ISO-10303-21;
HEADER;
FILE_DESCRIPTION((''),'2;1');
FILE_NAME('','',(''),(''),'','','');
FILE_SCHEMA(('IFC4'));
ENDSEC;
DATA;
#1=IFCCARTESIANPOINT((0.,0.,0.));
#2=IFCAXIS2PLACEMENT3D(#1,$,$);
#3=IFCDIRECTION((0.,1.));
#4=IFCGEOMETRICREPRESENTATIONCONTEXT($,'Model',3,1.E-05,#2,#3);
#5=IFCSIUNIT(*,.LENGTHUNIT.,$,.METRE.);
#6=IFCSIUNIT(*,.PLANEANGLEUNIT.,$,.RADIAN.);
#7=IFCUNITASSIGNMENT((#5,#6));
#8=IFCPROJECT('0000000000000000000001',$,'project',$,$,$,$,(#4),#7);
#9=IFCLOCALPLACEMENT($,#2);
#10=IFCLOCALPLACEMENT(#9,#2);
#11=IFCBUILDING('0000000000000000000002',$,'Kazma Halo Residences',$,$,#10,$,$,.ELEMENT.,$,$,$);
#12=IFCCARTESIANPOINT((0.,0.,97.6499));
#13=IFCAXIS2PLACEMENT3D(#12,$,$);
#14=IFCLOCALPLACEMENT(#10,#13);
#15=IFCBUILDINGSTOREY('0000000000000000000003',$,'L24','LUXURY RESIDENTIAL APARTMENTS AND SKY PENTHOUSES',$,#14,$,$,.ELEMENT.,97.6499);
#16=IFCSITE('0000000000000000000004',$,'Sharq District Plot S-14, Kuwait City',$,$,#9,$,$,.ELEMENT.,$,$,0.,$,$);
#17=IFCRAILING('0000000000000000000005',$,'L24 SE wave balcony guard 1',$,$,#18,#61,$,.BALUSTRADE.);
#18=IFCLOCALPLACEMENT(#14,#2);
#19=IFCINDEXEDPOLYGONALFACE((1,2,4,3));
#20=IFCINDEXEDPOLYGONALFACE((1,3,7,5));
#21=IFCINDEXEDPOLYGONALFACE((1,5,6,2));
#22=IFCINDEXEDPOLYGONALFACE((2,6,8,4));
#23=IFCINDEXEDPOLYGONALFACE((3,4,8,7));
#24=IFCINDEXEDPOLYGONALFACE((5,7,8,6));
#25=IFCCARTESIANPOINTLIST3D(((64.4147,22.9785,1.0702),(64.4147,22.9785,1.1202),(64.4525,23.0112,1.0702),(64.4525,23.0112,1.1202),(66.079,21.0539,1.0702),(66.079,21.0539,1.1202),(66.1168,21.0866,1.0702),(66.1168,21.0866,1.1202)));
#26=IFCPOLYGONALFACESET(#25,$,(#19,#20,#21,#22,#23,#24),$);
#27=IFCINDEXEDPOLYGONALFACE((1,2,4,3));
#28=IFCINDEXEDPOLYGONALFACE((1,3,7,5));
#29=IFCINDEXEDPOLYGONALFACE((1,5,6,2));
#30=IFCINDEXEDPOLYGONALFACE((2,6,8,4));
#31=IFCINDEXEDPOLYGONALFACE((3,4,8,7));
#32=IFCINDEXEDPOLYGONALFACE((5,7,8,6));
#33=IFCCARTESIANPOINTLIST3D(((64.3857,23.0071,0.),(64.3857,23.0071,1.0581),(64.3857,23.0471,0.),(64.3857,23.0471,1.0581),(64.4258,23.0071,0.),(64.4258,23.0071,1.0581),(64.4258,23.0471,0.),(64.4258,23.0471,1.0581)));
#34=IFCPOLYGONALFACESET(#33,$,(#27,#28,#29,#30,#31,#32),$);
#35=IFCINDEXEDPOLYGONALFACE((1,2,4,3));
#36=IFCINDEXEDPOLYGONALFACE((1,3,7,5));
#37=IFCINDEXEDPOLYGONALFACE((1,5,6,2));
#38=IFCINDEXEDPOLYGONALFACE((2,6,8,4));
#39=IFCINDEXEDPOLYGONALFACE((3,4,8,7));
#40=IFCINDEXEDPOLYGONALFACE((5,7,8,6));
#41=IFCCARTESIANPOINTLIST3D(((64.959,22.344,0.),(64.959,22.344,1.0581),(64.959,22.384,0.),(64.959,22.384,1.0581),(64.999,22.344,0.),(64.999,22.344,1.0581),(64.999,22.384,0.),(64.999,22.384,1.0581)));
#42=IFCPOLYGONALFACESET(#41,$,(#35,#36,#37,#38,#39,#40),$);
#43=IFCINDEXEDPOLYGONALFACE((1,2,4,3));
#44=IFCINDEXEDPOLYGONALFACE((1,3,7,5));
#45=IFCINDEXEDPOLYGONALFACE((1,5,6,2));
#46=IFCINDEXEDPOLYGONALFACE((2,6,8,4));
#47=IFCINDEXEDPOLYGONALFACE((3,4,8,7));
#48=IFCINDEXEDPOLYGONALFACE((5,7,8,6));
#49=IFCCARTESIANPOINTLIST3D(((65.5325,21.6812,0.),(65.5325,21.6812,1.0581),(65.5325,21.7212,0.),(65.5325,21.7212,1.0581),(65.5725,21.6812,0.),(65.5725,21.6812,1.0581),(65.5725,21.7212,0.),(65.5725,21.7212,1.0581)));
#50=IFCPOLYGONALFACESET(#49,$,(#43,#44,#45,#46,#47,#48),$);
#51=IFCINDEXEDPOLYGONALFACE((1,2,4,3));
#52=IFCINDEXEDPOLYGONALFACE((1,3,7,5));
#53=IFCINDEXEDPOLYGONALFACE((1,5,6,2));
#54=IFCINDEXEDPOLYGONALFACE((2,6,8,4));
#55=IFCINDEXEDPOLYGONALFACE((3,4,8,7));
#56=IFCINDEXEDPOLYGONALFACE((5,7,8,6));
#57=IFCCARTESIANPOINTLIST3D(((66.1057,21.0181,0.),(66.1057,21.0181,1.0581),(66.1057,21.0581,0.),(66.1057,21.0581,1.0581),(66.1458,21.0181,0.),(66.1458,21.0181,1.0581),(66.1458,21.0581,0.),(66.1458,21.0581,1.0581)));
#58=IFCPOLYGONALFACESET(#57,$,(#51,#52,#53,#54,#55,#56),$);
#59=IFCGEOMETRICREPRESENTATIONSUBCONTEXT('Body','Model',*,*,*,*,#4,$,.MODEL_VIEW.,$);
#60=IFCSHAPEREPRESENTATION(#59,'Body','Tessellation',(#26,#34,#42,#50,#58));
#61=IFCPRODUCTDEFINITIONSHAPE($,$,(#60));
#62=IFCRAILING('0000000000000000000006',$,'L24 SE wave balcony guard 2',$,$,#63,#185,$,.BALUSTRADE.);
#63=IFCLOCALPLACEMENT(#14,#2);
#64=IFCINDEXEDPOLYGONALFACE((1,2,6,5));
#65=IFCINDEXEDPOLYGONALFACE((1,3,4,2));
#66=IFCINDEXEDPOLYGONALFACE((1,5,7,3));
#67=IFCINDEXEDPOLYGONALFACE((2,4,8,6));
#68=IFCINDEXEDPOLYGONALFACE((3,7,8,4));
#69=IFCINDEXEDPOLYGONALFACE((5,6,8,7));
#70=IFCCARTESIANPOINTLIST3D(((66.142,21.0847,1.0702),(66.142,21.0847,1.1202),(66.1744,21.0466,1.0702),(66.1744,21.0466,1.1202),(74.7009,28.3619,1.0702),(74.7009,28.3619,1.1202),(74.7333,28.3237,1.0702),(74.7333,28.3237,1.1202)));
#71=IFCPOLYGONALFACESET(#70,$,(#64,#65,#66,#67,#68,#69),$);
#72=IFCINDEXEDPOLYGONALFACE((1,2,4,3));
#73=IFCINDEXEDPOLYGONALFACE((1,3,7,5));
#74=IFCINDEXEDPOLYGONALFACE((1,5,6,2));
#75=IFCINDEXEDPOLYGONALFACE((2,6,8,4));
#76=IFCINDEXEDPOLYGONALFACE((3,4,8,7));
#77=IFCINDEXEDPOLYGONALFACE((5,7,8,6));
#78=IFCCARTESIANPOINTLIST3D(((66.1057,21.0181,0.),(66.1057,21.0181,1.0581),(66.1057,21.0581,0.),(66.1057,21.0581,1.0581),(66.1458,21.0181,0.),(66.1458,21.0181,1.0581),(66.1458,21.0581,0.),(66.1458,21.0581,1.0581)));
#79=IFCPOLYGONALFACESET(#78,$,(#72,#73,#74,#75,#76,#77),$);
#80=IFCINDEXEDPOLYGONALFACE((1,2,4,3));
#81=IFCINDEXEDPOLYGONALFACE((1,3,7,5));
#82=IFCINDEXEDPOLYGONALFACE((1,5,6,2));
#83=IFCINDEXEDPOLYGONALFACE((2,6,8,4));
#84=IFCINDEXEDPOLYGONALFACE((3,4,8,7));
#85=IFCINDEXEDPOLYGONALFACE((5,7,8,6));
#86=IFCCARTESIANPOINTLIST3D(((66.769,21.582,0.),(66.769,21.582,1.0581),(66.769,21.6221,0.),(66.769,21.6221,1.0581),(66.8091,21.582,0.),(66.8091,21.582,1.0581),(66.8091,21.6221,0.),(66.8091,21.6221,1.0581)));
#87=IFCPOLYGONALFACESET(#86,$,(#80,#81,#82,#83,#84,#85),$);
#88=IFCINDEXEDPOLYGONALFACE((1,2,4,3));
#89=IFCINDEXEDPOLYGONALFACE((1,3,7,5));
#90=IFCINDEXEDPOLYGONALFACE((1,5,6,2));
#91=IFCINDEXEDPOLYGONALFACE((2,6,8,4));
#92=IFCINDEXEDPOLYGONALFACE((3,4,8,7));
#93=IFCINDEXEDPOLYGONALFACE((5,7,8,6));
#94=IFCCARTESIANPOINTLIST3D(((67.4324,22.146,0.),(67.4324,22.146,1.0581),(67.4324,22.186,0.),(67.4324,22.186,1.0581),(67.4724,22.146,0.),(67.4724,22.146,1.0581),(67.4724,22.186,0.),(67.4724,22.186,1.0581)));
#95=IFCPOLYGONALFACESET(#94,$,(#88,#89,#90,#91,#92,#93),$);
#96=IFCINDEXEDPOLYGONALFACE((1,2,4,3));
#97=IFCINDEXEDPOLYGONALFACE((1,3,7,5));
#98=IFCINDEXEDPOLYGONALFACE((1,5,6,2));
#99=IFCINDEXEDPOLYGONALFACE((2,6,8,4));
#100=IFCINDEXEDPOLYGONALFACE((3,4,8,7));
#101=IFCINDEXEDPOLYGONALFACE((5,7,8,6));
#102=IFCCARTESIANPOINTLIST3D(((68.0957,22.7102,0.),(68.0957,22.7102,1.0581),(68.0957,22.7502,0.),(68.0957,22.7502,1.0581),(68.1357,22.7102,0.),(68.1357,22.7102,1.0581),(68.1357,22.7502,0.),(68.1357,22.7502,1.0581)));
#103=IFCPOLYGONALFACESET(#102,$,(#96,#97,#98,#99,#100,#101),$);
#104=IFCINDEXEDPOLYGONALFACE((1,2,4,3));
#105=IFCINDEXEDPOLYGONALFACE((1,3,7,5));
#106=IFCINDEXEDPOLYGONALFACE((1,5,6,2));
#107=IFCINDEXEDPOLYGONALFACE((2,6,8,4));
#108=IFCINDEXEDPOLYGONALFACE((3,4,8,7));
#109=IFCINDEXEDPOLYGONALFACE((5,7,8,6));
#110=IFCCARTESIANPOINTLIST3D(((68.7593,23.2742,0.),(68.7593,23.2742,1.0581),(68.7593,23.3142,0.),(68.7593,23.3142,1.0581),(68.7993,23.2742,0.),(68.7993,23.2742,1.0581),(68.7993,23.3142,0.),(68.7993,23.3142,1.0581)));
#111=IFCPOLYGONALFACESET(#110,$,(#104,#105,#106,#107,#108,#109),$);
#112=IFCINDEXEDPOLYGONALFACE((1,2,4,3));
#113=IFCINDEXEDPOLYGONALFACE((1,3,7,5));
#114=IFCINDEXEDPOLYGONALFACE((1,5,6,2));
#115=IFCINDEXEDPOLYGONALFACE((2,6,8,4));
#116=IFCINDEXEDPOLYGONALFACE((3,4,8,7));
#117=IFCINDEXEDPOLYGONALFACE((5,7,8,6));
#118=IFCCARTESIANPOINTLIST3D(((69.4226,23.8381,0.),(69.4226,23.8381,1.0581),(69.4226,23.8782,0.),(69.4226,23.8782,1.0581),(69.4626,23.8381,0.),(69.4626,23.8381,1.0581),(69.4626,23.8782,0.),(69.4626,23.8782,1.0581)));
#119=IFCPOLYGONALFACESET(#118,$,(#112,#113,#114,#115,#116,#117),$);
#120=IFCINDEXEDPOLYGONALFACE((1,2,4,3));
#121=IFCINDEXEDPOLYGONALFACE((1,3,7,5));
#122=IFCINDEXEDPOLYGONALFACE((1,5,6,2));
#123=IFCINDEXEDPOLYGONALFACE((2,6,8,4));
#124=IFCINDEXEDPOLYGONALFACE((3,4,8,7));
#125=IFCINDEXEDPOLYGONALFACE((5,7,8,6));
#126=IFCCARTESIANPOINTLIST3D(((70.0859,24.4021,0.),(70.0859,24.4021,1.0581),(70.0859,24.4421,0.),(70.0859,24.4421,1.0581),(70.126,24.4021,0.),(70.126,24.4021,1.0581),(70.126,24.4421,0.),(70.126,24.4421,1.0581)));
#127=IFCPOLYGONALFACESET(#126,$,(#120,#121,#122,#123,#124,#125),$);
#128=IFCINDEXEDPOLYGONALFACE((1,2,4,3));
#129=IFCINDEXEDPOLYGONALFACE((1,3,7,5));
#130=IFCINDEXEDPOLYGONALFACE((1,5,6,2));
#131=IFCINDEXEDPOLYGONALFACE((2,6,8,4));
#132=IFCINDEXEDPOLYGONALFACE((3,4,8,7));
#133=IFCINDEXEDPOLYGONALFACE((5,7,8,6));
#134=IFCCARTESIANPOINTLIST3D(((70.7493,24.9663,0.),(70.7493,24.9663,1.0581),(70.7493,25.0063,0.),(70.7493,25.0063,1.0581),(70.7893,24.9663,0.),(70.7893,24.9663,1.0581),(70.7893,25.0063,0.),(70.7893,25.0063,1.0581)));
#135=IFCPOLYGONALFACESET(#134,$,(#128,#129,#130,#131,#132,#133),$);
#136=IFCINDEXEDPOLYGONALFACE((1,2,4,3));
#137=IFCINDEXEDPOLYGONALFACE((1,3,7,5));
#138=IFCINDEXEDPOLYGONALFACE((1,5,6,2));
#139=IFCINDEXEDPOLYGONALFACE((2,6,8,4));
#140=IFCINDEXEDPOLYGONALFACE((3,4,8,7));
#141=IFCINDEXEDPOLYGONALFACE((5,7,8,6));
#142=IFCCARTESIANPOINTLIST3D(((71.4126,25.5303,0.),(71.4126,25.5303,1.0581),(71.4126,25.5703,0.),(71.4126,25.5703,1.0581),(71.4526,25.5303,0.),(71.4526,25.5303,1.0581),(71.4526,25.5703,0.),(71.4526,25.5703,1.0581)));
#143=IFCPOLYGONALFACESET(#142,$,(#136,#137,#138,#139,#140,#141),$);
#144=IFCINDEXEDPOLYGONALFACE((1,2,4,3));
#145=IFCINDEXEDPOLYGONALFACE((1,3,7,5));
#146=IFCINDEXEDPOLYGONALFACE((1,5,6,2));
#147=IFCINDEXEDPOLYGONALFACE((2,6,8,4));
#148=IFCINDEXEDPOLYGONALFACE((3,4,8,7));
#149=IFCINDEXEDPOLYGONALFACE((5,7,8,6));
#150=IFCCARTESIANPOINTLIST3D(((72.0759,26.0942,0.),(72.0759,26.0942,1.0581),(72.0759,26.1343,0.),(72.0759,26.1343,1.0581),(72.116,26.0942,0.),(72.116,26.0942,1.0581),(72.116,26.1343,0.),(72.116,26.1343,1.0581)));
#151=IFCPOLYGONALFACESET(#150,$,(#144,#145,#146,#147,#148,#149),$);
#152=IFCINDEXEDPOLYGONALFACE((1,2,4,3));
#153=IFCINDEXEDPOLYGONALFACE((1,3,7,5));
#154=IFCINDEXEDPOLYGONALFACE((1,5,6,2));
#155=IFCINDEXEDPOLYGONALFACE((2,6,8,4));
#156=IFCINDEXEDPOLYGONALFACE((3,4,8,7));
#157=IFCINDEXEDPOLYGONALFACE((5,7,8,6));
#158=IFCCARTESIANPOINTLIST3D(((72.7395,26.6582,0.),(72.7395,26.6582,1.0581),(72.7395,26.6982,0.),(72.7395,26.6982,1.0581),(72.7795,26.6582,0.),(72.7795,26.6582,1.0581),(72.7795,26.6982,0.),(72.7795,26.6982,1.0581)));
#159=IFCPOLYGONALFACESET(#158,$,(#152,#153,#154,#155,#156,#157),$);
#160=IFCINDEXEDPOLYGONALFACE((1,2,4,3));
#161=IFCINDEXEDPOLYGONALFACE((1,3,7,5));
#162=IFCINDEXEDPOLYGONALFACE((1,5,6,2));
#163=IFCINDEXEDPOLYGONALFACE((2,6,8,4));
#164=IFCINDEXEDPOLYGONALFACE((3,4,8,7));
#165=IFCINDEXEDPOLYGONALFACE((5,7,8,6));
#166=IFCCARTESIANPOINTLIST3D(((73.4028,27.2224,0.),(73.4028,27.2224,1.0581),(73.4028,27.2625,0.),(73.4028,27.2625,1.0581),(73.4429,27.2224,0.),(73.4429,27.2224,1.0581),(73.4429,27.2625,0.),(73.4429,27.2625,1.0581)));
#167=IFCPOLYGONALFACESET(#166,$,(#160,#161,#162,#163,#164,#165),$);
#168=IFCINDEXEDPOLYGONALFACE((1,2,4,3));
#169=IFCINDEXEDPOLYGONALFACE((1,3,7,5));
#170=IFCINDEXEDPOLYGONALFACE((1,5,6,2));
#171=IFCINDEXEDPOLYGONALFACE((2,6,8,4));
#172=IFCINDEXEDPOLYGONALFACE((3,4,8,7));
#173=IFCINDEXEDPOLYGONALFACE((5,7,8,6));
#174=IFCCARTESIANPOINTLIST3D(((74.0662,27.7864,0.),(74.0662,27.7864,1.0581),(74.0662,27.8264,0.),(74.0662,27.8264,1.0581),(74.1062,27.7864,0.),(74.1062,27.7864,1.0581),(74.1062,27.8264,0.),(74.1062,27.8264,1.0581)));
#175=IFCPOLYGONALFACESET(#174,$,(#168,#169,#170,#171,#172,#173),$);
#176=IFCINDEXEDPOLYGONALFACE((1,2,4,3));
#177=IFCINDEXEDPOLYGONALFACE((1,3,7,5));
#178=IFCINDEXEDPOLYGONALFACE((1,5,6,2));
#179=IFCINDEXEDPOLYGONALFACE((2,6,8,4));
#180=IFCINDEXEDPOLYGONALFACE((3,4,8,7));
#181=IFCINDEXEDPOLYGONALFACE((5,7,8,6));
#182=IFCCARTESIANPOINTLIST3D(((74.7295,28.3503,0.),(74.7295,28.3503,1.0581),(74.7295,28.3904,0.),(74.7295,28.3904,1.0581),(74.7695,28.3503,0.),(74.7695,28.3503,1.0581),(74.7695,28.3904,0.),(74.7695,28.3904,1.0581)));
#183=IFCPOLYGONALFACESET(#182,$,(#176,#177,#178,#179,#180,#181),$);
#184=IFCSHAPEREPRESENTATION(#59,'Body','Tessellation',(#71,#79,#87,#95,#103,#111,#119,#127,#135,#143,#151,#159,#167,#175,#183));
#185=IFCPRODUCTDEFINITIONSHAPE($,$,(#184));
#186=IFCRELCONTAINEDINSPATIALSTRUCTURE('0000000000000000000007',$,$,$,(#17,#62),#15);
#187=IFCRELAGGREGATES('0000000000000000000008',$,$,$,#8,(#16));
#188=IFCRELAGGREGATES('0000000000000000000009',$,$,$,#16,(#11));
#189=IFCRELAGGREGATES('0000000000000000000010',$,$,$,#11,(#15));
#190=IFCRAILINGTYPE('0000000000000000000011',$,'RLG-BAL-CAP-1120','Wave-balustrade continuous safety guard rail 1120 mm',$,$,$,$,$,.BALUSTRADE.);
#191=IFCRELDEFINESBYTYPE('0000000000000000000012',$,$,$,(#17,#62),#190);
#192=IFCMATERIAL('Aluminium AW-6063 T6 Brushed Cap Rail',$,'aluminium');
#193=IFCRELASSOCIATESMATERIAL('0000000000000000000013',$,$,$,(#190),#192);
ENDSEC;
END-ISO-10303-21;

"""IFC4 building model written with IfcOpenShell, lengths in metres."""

from ifc_helpers import new_model, si_unit, direction, frame, origin, origin_2d, place, context, subcontext, project, spatial, rectangle, extrude, material, type_object, element, save


model = new_model("IFC4")

# Units and contexts
model_context = context("Model", 3, precision=1e-05, world=origin(), true_north=direction((0.0, 1.0)))
body_context = subcontext(model_context, "Body", "Model", "MODEL_VIEW")
ifc_project = project(units=[si_unit("LENGTHUNIT", "METRE"), si_unit("PLANEANGLEUNIT", "RADIAN")], contexts=[model_context])

# Site, building, storey
site_placement = place(None, origin())
site = spatial("IfcSite", under=ifc_project, at=site_placement, Name="Sharq District Plot S-14, Kuwait City", CompositionType="ELEMENT", RefElevation=0.0)
building_placement = place(site_placement, origin())
building = spatial("IfcBuilding", under=site, at=building_placement, Name="Kazma Halo Residences", CompositionType="ELEMENT")
storey_placement = place(building_placement, frame((0.0, 0.0, 97.6499)))
storey = spatial("IfcBuildingStorey", under=building, at=storey_placement, Name="L24", Description="LUXURY RESIDENTIAL APARTMENTS AND SKY PENTHOUSES", CompositionType="ELEMENT", Elevation=97.6499)

# Railings
ifc_material_1 = material(Name="Aluminium AW-6063 T6 Brushed Cap Rail", Category="aluminium")
railing_type = type_object("IfcRailingType", Name="RLG-BAL-CAP-1120", Description="Wave-balustrade continuous safety guard rail 1120 mm", PredefinedType="BALUSTRADE", material=ifc_material_1)
railing_1_placement = place(storey_placement, frame((64.4058, 23.0271, 0.0)))
element("IfcRailing", 1, at=railing_1_placement, inside=storey, type_object=railing_type, Name="L24 SE wave balcony guard 1", PredefinedType="BALUSTRADE", context=body_context, shape_type="SweptSolid", body=[
    extrude(rectangle(XDim=0.05, YDim=0.05, at=origin_2d()), frame((0.0278, -0.0322, 1.0952), z_axis=(0.654096, -0.756412, 0.0), x_axis=(0.756412, 0.654096, 0.0)), (0.0, 0.0, 1.0), 2.5444),
    extrude(rectangle(XDim=0.04, YDim=0.04, at=origin_2d()), origin(), (0.0, 0.0, 1.0), 1.0581),
    extrude(rectangle(XDim=0.04, YDim=0.04, at=origin_2d()), frame((0.5732, -0.6631, 0.0)), (0.0, 0.0, 1.0), 1.0581),
    extrude(rectangle(XDim=0.04, YDim=0.04, at=origin_2d()), frame((1.1467, -1.3259, 0.0)), (0.0, 0.0, 1.0), 1.0581),
    extrude(rectangle(XDim=0.04, YDim=0.04, at=origin_2d()), frame((1.72, -1.989, 0.0)), (0.0, 0.0, 1.0), 1.0581),
])
railing_2_placement = place(storey_placement, frame((66.1257, 21.0381, 0.0)))
element("IfcRailing", 2, at=railing_2_placement, inside=storey, type_object=railing_type, Name="L24 SE wave balcony guard 2", PredefinedType="BALUSTRADE", context=body_context, shape_type="SweptSolid", body=[
    extrude(rectangle(XDim=0.05, YDim=0.05, at=origin_2d()), frame((0.0325, 0.0276, 1.0952), z_axis=(0.761849, 0.647754, 0.0), x_axis=(-0.647754, 0.761849, 0.0)), (0.0, 0.0, 1.0), 11.2344),
    extrude(rectangle(XDim=0.04, YDim=0.04, at=origin_2d()), origin(), (0.0, 0.0, 1.0), 1.0581),
    extrude(rectangle(XDim=0.04, YDim=0.04, at=origin_2d()), frame((0.6633, 0.564, 0.0)), (0.0, 0.0, 1.0), 1.0581),
    extrude(rectangle(XDim=0.04, YDim=0.04, at=origin_2d()), frame((1.3267, 1.1279, 0.0)), (0.0, 0.0, 1.0), 1.0581),
    extrude(rectangle(XDim=0.04, YDim=0.04, at=origin_2d()), frame((1.99, 1.6921, 0.0)), (0.0, 0.0, 1.0), 1.0581),
    extrude(rectangle(XDim=0.04, YDim=0.04, at=origin_2d()), frame((2.6536, 2.2561, 0.0)), (0.0, 0.0, 1.0), 1.0581),
    extrude(rectangle(XDim=0.04, YDim=0.04, at=origin_2d()), frame((3.3169, 2.8201, 0.0)), (0.0, 0.0, 1.0), 1.0581),
    extrude(rectangle(XDim=0.04, YDim=0.04, at=origin_2d()), frame((3.9802, 3.384, 0.0)), (0.0, 0.0, 1.0), 1.0581),
    extrude(rectangle(XDim=0.04, YDim=0.04, at=origin_2d()), frame((4.6436, 3.9482, 0.0)), (0.0, 0.0, 1.0), 1.0581),
    extrude(rectangle(XDim=0.04, YDim=0.04, at=origin_2d()), frame((5.3069, 4.5122, 0.0)), (0.0, 0.0, 1.0), 1.0581),
    extrude(rectangle(XDim=0.04, YDim=0.04, at=origin_2d()), frame((5.9702, 5.0762, 0.0)), (0.0, 0.0, 1.0), 1.0581),
    extrude(rectangle(XDim=0.04, YDim=0.04, at=origin_2d()), frame((6.6338, 5.6401, 0.0)), (0.0, 0.0, 1.0), 1.0581),
    extrude(rectangle(XDim=0.04, YDim=0.04, at=origin_2d()), frame((7.2971, 6.2043, 0.0)), (0.0, 0.0, 1.0), 1.0581),
    extrude(rectangle(XDim=0.04, YDim=0.04, at=origin_2d()), frame((7.9604, 6.7683, 0.0)), (0.0, 0.0, 1.0), 1.0581),
    extrude(rectangle(XDim=0.04, YDim=0.04, at=origin_2d()), frame((8.6238, 7.3323, 0.0)), (0.0, 0.0, 1.0), 1.0581),
])

save(model, "model.ifc")
